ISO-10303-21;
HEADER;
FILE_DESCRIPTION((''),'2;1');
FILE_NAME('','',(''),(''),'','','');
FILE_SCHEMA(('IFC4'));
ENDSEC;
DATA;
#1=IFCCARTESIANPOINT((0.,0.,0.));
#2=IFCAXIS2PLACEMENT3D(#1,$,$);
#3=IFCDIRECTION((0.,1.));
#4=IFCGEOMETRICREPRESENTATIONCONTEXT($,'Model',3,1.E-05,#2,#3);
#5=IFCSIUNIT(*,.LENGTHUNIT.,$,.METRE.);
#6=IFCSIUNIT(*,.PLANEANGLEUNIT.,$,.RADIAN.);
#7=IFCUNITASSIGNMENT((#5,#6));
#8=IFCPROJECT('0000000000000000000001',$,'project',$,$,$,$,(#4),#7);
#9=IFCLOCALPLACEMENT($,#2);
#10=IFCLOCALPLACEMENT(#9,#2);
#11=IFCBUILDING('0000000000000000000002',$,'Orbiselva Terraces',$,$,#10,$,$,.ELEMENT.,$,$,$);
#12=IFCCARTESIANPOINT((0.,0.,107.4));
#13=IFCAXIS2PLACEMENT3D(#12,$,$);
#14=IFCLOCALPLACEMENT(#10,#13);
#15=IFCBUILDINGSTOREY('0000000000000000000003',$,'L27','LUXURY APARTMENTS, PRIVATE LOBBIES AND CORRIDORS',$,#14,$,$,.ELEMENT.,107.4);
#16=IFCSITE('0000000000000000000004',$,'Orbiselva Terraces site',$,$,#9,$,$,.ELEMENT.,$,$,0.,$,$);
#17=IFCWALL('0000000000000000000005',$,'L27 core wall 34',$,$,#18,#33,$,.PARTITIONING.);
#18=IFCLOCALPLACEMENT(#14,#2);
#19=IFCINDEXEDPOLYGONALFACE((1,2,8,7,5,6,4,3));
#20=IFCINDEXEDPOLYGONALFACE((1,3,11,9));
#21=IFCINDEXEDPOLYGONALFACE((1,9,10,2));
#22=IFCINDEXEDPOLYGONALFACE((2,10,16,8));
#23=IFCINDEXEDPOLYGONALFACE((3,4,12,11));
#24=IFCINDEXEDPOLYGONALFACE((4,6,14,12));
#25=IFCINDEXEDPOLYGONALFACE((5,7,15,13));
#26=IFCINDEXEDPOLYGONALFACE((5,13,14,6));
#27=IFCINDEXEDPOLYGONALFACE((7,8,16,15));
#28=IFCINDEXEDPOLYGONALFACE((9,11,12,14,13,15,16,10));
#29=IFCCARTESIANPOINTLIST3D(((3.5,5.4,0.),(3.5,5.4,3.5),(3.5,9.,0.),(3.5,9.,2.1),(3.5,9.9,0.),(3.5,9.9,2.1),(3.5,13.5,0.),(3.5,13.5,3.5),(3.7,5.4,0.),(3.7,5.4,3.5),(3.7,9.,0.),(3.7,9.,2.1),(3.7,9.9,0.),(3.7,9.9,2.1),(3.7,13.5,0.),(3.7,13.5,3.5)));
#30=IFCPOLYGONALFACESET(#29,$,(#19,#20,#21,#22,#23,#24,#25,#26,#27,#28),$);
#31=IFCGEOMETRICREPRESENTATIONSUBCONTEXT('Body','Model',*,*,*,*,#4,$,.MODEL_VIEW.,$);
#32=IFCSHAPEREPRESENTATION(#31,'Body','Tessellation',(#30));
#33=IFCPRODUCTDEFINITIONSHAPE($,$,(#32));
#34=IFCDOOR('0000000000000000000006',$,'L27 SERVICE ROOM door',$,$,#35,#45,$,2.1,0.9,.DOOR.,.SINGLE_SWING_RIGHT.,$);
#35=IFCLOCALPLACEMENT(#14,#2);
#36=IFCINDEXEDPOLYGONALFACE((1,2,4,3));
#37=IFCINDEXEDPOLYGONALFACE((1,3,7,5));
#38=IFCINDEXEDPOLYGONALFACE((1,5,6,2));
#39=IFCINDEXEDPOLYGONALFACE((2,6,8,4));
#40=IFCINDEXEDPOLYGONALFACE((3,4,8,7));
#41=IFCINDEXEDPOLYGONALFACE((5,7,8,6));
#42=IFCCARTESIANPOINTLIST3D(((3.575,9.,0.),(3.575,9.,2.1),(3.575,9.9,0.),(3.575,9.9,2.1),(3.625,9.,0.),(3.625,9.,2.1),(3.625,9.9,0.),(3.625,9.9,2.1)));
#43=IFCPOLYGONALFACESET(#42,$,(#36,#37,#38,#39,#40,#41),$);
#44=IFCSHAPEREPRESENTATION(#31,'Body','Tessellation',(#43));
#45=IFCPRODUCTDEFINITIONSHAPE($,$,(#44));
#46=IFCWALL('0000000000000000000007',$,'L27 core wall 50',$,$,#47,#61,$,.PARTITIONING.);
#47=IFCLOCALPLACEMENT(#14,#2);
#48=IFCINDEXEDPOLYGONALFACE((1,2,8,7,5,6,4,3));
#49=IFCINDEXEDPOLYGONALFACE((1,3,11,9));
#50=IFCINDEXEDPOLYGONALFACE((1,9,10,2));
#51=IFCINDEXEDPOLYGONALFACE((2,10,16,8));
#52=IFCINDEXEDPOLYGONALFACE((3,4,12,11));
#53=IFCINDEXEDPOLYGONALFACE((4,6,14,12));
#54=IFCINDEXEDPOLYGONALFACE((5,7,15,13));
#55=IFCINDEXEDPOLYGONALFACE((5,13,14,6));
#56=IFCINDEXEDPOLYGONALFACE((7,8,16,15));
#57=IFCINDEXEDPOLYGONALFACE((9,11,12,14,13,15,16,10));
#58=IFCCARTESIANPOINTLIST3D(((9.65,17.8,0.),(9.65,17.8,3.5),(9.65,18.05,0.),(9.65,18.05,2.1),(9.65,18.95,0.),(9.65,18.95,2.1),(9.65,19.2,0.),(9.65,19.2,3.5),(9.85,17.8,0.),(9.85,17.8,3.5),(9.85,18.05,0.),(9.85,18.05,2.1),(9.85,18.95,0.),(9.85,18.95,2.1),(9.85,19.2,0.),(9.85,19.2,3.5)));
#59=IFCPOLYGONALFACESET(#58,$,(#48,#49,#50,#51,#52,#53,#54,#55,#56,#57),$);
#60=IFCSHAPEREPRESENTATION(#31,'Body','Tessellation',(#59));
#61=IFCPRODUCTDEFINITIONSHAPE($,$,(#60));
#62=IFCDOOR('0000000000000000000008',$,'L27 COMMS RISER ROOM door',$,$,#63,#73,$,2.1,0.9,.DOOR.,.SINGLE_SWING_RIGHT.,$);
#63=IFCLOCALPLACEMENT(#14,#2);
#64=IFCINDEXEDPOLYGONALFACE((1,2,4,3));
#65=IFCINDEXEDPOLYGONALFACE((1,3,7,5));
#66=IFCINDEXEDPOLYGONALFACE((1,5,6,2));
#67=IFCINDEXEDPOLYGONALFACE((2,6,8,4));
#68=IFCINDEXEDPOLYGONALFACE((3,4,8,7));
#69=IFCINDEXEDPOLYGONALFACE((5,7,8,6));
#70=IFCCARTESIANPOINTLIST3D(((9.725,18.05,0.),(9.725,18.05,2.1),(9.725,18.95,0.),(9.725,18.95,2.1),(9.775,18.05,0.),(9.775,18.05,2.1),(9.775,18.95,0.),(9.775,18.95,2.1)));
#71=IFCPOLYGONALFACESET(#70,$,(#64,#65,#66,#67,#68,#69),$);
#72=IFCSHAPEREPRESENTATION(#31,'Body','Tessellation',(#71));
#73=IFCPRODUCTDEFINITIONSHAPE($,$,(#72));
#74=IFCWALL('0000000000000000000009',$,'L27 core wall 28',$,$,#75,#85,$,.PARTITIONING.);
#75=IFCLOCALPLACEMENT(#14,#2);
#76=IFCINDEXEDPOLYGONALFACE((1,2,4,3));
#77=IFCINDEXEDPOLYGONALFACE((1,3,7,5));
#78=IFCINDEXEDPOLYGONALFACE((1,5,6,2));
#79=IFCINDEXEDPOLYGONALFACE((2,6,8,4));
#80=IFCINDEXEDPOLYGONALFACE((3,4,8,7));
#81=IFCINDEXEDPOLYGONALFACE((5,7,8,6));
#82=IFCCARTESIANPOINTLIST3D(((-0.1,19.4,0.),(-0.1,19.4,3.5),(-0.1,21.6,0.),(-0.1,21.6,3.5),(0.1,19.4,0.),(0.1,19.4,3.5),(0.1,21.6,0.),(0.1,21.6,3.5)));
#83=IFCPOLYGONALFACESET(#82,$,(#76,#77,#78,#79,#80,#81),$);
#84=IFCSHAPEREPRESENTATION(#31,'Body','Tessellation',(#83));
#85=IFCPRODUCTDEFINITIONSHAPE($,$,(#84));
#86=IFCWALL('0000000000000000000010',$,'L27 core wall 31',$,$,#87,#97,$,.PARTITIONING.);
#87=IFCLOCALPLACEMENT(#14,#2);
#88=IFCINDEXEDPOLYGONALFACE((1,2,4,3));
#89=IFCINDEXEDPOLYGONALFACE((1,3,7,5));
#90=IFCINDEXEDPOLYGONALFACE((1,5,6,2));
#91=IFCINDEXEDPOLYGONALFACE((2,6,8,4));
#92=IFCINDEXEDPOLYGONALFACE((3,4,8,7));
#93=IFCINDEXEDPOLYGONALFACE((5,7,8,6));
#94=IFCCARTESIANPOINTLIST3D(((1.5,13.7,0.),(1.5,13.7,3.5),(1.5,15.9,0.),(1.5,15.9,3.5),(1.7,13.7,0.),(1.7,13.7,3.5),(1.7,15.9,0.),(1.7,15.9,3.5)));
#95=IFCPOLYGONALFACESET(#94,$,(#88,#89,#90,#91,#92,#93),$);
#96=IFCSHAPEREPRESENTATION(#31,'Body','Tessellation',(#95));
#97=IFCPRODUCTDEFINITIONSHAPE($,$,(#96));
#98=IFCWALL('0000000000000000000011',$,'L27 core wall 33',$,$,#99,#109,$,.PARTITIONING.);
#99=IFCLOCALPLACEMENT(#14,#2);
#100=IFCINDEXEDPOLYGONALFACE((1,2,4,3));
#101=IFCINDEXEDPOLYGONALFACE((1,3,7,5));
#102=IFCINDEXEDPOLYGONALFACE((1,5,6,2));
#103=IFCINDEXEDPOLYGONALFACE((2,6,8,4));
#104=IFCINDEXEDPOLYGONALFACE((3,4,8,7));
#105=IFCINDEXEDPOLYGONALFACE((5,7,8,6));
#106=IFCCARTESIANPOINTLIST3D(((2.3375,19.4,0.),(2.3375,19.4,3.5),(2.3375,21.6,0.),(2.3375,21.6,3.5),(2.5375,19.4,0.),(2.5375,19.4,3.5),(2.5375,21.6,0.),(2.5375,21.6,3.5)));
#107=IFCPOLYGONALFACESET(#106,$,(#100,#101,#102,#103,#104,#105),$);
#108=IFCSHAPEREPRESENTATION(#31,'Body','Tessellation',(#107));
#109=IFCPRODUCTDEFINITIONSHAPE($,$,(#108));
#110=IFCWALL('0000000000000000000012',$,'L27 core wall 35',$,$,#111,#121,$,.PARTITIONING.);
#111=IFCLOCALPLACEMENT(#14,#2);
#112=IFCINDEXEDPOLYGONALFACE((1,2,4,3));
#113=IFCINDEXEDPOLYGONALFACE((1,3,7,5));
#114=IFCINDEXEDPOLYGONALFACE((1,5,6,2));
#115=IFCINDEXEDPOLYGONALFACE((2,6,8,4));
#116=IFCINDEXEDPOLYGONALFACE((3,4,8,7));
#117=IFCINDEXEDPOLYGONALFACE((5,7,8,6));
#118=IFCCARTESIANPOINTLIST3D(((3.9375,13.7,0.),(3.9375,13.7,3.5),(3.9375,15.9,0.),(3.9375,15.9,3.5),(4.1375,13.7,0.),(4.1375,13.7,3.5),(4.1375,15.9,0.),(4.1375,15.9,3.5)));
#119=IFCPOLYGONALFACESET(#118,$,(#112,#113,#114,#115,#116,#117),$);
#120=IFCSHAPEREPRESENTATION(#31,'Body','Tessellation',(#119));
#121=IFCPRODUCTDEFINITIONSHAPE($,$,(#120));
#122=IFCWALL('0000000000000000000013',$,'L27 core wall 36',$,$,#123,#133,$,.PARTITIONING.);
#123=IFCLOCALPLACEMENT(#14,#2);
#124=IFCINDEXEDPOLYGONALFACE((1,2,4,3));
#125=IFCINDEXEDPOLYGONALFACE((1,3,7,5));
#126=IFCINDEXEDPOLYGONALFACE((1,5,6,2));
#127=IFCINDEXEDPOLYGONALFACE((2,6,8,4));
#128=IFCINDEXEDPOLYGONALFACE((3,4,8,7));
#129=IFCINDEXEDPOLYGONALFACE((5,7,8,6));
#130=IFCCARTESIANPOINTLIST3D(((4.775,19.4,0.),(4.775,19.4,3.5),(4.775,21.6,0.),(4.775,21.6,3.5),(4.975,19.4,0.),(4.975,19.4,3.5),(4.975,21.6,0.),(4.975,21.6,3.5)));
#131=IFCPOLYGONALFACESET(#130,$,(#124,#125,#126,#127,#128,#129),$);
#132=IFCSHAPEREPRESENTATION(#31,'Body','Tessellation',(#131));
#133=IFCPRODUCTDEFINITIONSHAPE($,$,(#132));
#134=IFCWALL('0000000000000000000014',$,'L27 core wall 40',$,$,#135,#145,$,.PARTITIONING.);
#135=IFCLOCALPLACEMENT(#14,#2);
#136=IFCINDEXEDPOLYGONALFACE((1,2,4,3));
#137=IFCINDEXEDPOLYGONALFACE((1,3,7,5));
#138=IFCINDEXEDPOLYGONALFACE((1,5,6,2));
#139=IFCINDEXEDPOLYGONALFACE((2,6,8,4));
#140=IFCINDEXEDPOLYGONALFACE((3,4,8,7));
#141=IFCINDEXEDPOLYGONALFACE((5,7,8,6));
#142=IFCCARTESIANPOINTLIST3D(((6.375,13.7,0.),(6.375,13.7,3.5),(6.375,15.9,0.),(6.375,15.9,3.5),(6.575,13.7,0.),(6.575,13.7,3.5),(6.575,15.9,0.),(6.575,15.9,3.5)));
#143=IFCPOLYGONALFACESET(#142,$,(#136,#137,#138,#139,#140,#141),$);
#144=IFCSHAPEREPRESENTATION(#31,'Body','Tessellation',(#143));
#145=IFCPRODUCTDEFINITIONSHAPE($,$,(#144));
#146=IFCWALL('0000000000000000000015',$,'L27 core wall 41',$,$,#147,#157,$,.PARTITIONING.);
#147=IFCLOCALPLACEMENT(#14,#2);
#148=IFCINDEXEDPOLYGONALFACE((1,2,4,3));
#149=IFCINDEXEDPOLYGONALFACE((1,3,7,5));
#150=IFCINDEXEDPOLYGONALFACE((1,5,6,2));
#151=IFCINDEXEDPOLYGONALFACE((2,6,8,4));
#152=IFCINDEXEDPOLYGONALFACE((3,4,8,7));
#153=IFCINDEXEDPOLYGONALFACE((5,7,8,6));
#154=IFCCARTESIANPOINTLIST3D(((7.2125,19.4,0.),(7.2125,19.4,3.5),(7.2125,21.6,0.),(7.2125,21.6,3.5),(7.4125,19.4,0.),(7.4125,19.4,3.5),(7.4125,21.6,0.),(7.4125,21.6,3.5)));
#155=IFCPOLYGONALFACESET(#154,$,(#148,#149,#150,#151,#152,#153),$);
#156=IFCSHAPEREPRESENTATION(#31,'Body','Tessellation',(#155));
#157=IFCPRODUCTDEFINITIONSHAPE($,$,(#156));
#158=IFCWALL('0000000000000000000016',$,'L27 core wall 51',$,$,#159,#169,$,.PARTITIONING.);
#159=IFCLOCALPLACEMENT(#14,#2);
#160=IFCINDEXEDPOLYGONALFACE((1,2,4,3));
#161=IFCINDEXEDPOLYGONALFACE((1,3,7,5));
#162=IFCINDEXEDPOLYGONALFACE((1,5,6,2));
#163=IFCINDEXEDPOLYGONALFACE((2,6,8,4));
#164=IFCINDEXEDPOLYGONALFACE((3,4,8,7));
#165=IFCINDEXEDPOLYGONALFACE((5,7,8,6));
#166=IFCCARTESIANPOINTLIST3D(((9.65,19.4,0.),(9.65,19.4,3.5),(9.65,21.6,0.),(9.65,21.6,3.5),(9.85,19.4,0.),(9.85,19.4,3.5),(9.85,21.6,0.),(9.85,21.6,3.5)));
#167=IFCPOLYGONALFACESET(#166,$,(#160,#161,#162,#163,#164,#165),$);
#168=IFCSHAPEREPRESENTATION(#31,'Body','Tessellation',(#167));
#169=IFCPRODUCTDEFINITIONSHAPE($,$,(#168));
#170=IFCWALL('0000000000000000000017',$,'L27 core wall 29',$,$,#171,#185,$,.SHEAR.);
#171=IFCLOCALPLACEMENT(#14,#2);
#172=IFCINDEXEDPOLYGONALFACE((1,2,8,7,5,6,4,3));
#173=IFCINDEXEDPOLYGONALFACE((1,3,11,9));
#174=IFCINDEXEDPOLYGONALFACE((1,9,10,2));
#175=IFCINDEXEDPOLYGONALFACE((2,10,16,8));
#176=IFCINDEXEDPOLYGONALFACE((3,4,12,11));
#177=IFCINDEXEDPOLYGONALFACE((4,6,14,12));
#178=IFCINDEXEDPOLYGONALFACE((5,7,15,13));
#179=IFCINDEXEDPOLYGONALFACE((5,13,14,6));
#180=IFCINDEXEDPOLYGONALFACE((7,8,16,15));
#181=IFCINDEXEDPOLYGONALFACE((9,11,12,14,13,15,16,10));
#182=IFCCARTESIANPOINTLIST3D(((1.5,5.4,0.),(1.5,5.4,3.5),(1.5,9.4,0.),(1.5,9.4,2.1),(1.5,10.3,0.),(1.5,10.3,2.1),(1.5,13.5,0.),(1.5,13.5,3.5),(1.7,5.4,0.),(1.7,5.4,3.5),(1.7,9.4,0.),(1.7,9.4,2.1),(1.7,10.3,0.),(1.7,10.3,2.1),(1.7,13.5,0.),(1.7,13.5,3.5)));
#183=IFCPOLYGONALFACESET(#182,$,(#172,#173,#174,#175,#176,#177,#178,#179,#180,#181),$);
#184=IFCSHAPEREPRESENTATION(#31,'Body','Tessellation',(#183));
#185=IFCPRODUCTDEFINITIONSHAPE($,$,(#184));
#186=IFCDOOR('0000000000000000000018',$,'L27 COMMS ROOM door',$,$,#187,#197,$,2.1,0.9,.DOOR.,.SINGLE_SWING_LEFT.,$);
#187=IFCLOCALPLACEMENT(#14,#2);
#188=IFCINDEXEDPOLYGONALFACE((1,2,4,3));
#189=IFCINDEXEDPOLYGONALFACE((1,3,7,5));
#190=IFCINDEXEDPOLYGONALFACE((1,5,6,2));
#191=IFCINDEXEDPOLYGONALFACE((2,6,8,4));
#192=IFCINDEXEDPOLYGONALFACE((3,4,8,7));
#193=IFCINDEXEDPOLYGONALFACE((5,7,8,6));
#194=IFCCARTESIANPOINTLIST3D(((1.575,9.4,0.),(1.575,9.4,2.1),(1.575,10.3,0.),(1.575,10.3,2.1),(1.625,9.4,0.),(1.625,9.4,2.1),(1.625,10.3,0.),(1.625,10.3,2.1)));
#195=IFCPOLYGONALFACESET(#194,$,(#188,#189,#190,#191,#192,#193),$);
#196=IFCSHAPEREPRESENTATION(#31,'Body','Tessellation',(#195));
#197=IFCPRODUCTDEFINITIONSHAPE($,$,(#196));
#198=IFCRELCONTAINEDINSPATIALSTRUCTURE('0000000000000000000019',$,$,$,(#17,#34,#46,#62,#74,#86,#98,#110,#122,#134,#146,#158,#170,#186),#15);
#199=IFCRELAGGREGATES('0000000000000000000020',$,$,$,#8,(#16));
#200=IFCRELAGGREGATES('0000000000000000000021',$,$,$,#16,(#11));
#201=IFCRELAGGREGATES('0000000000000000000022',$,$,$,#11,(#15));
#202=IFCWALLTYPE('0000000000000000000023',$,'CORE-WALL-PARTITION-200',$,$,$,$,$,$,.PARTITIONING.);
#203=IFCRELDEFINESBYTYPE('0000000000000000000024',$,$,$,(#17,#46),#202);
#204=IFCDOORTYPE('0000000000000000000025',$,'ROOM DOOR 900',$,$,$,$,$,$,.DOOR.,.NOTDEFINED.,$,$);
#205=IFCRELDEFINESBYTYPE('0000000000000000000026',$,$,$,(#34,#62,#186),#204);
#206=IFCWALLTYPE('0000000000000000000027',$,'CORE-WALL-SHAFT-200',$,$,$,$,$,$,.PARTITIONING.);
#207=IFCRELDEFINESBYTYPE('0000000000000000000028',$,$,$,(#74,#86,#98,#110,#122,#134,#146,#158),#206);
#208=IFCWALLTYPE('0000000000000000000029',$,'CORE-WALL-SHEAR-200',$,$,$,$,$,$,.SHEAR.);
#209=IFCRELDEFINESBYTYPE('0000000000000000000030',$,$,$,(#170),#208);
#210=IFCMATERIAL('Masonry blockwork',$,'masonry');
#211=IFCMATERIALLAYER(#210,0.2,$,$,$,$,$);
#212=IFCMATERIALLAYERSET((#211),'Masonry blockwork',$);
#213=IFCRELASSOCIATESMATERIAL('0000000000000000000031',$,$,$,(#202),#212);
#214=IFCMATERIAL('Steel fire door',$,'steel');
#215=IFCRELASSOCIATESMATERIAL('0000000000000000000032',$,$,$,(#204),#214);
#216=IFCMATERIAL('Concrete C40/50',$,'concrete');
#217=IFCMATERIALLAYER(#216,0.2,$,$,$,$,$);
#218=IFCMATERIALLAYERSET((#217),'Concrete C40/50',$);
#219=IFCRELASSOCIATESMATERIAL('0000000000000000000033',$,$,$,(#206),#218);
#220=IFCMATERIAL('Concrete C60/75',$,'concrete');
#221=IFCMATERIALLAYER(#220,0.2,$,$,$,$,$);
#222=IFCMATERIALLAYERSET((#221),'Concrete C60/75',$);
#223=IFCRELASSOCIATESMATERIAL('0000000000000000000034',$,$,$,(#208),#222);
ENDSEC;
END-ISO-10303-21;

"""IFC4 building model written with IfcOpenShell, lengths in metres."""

from ifc_helpers import new_model, si_unit, direction, frame, frame_2d, origin, place, context, subcontext, project, spatial, rectangle, extrude, material, layer, layer_set, type_object, element, fill, save


model = new_model("IFC4")

# Units and contexts
model_context = context("Model", 3, precision=1e-05, world=origin(), true_north=direction((0.0, 1.0)))
body_context = subcontext(model_context, "Body", "Model", "MODEL_VIEW")
ifc_project = project(units=[si_unit("LENGTHUNIT", "METRE"), si_unit("PLANEANGLEUNIT", "RADIAN")], contexts=[model_context])

# Site, building, storey
site_placement = place(None, origin())
site = spatial("IfcSite", under=ifc_project, at=site_placement, Name="Orbiselva Terraces site", CompositionType="ELEMENT", RefElevation=0.0)
building_placement = place(site_placement, origin())
building = spatial("IfcBuilding", under=site, at=building_placement, Name="Orbiselva Terraces", CompositionType="ELEMENT")
storey_placement = place(building_placement, frame((0.0, 0.0, 107.4)))
storey = spatial("IfcBuildingStorey", under=building, at=storey_placement, Name="L27", Description="LUXURY APARTMENTS, PRIVATE LOBBIES AND CORRIDORS", CompositionType="ELEMENT", Elevation=107.4)

# Walls, openings, doors
ifc_material_1 = material(Name="Masonry blockwork", Category="masonry")
ifc_layer_1 = layer(ifc_material_1, 0.2)
ifc_layer_set_1 = layer_set([ifc_layer_1], Name="Masonry blockwork")
wall_type_1 = type_object("IfcWallType", Name="CORE-WALL-PARTITION-200", PredefinedType="PARTITIONING", material=ifc_layer_set_1)
wall_1_placement = place(storey_placement, frame((3.6, 13.5, 0.0), z_axis=(0.0, 0.0, 1.0), x_axis=(0.0, -1.0, 0.0)))
wall_1 = element("IfcWall", 1, at=wall_1_placement, inside=storey, type_object=wall_type_1, Name="L27 core wall 34", PredefinedType="PARTITIONING", context=body_context, shape_type="SweptSolid", body=[
    extrude(rectangle(XDim=8.1, YDim=0.2, at=frame_2d((4.05, 0.0))), origin(), (0.0, 0.0, 1.0), 3.5),
])
opening_1_placement = place(wall_1_placement, frame((3.6, 0.0, 0.0)))
opening_1 = element("IfcOpeningElement", 2, at=opening_1_placement, cuts=wall_1, PredefinedType="OPENING", context=body_context, shape_type="SweptSolid", body=[
    extrude(rectangle(XDim=0.9, YDim=2.1, at=frame_2d((0.45, 1.05))), frame((0.0, 0.11, 0.0), z_axis=(0.0, -1.0, 0.0), x_axis=(1.0, 0.0, 0.0)), (0.0, 0.0, 1.0), 0.22),
])
ifc_material_2 = material(Name="Steel fire door", Category="steel")
door_type = type_object("IfcDoorType", Name="ROOM DOOR 900", OperationType="NOTDEFINED", PredefinedType="DOOR", material=ifc_material_2)
door_1_placement = place(opening_1_placement, origin())
door_1 = element("IfcDoor", 3, at=door_1_placement, inside=storey, type_object=door_type, Name="L27 SERVICE ROOM door", OperationType="SINGLE_SWING_RIGHT", OverallHeight=2.1, OverallWidth=0.9, PredefinedType="DOOR", context=body_context, shape_type="SweptSolid", body=[
    extrude(rectangle(XDim=0.9, YDim=2.1, at=frame_2d((0.45, 1.05))), frame((0.0, 0.025, 0.0), z_axis=(0.0, -1.0, 0.0), x_axis=(1.0, 0.0, 0.0)), (0.0, 0.0, 1.0), 0.05),
])
fill(opening_1, door_1)
wall_2_placement = place(storey_placement, frame((9.75, 19.2, 0.0), z_axis=(0.0, 0.0, 1.0), x_axis=(0.0, -1.0, 0.0)))
wall_2 = element("IfcWall", 4, at=wall_2_placement, inside=storey, type_object=wall_type_1, Name="L27 core wall 50", PredefinedType="PARTITIONING", context=body_context, shape_type="SweptSolid", body=[
    extrude(rectangle(XDim=1.4, YDim=0.2, at=frame_2d((0.7, 0.0))), origin(), (0.0, 0.0, 1.0), 3.5),
])
opening_2_placement = place(wall_2_placement, frame((0.25, 0.0, 0.0)))
opening_2 = element("IfcOpeningElement", 5, at=opening_2_placement, cuts=wall_2, PredefinedType="OPENING", context=body_context, shape_type="SweptSolid", body=[
    extrude(rectangle(XDim=0.9, YDim=2.1, at=frame_2d((0.45, 1.05))), frame((0.0, 0.11, 0.0), z_axis=(0.0, -1.0, 0.0), x_axis=(1.0, 0.0, 0.0)), (0.0, 0.0, 1.0), 0.22),
])
door_2_placement = place(opening_2_placement, origin())
door_2 = element("IfcDoor", 6, at=door_2_placement, inside=storey, type_object=door_type, Name="L27 COMMS RISER ROOM door", OperationType="SINGLE_SWING_RIGHT", OverallHeight=2.1, OverallWidth=0.9, PredefinedType="DOOR", context=body_context, shape_type="SweptSolid", body=[
    extrude(rectangle(XDim=0.9, YDim=2.1, at=frame_2d((0.45, 1.05))), frame((0.0, 0.025, 0.0), z_axis=(0.0, -1.0, 0.0), x_axis=(1.0, 0.0, 0.0)), (0.0, 0.0, 1.0), 0.05),
])
fill(opening_2, door_2)

# Walls
ifc_material_3 = material(Name="Concrete C40/50", Category="concrete")
ifc_layer_2 = layer(ifc_material_3, 0.2)
ifc_layer_set_2 = layer_set([ifc_layer_2], Name="Concrete C40/50")
wall_type_2 = type_object("IfcWallType", Name="CORE-WALL-SHAFT-200", PredefinedType="PARTITIONING", material=ifc_layer_set_2)
for number, where, z_axis, x_axis, name in (
    (7, (0.0, 19.4, 0.0), (0.0, 0.0, 1.0), (0.0, 1.0, 0.0), "L27 core wall 28"),
    (8, (1.6, 13.7, 0.0), (0.0, 0.0, 1.0), (0.0, 1.0, 0.0), "L27 core wall 31"),
    (9, (2.4375, 19.4, 0.0), (0.0, 0.0, 1.0), (0.0, 1.0, 0.0), "L27 core wall 33"),
    (10, (4.0375, 13.7, 0.0), (0.0, 0.0, 1.0), (0.0, 1.0, 0.0), "L27 core wall 35"),
    (11, (4.875, 19.4, 0.0), (0.0, 0.0, 1.0), (0.0, 1.0, 0.0), "L27 core wall 36"),
    (12, (6.475, 13.7, 0.0), (0.0, 0.0, 1.0), (0.0, 1.0, 0.0), "L27 core wall 40"),
    (13, (7.3125, 19.4, 0.0), (0.0, 0.0, 1.0), (0.0, 1.0, 0.0), "L27 core wall 41"),
    (14, (9.75, 19.4, 0.0), (0.0, 0.0, 1.0), (0.0, 1.0, 0.0), "L27 core wall 51"),
):
    element("IfcWall", number, at=place(storey_placement, frame(where, z_axis=z_axis, x_axis=x_axis)), inside=storey, type_object=wall_type_2, Name=name, PredefinedType="PARTITIONING", context=body_context, shape_type="SweptSolid", body=[
        extrude(rectangle(XDim=2.2, YDim=0.2, at=frame_2d((1.1, 0.0))), origin(), (0.0, 0.0, 1.0), 3.5),
    ])

# Wall, opening, door
ifc_material_4 = material(Name="Concrete C60/75", Category="concrete")
ifc_layer_3 = layer(ifc_material_4, 0.2)
ifc_layer_set_3 = layer_set([ifc_layer_3], Name="Concrete C60/75")
wall_type_3 = type_object("IfcWallType", Name="CORE-WALL-SHEAR-200", PredefinedType="SHEAR", material=ifc_layer_set_3)
wall_3_placement = place(storey_placement, frame((1.6, 13.5, 0.0), z_axis=(0.0, 0.0, 1.0), x_axis=(0.0, -1.0, 0.0)))
wall_3 = element("IfcWall", 15, at=wall_3_placement, inside=storey, type_object=wall_type_3, Name="L27 core wall 29", PredefinedType="SHEAR", context=body_context, shape_type="SweptSolid", body=[
    extrude(rectangle(XDim=8.1, YDim=0.2, at=frame_2d((4.05, 0.0))), origin(), (0.0, 0.0, 1.0), 3.5),
])
opening_3_placement = place(wall_3_placement, frame((3.2, 0.0, 0.0)))
opening_3 = element("IfcOpeningElement", 16, at=opening_3_placement, cuts=wall_3, PredefinedType="OPENING", context=body_context, shape_type="SweptSolid", body=[
    extrude(rectangle(XDim=0.9, YDim=2.1, at=frame_2d((0.45, 1.05))), frame((0.0, 0.11, 0.0), z_axis=(0.0, -1.0, 0.0), x_axis=(1.0, 0.0, 0.0)), (0.0, 0.0, 1.0), 0.22),
])
door_3_placement = place(opening_3_placement, origin())
door_3 = element("IfcDoor", 17, at=door_3_placement, inside=storey, type_object=door_type, Name="L27 COMMS ROOM door", OperationType="SINGLE_SWING_LEFT", OverallHeight=2.1, OverallWidth=0.9, PredefinedType="DOOR", context=body_context, shape_type="SweptSolid", body=[
    extrude(rectangle(XDim=0.9, YDim=2.1, at=frame_2d((0.45, 1.05))), frame((0.0, 0.025, 0.0), z_axis=(0.0, -1.0, 0.0), x_axis=(1.0, 0.0, 0.0)), (0.0, 0.0, 1.0), 0.05),
])
fill(opening_3, door_3)

save(model, "model.ifc")
